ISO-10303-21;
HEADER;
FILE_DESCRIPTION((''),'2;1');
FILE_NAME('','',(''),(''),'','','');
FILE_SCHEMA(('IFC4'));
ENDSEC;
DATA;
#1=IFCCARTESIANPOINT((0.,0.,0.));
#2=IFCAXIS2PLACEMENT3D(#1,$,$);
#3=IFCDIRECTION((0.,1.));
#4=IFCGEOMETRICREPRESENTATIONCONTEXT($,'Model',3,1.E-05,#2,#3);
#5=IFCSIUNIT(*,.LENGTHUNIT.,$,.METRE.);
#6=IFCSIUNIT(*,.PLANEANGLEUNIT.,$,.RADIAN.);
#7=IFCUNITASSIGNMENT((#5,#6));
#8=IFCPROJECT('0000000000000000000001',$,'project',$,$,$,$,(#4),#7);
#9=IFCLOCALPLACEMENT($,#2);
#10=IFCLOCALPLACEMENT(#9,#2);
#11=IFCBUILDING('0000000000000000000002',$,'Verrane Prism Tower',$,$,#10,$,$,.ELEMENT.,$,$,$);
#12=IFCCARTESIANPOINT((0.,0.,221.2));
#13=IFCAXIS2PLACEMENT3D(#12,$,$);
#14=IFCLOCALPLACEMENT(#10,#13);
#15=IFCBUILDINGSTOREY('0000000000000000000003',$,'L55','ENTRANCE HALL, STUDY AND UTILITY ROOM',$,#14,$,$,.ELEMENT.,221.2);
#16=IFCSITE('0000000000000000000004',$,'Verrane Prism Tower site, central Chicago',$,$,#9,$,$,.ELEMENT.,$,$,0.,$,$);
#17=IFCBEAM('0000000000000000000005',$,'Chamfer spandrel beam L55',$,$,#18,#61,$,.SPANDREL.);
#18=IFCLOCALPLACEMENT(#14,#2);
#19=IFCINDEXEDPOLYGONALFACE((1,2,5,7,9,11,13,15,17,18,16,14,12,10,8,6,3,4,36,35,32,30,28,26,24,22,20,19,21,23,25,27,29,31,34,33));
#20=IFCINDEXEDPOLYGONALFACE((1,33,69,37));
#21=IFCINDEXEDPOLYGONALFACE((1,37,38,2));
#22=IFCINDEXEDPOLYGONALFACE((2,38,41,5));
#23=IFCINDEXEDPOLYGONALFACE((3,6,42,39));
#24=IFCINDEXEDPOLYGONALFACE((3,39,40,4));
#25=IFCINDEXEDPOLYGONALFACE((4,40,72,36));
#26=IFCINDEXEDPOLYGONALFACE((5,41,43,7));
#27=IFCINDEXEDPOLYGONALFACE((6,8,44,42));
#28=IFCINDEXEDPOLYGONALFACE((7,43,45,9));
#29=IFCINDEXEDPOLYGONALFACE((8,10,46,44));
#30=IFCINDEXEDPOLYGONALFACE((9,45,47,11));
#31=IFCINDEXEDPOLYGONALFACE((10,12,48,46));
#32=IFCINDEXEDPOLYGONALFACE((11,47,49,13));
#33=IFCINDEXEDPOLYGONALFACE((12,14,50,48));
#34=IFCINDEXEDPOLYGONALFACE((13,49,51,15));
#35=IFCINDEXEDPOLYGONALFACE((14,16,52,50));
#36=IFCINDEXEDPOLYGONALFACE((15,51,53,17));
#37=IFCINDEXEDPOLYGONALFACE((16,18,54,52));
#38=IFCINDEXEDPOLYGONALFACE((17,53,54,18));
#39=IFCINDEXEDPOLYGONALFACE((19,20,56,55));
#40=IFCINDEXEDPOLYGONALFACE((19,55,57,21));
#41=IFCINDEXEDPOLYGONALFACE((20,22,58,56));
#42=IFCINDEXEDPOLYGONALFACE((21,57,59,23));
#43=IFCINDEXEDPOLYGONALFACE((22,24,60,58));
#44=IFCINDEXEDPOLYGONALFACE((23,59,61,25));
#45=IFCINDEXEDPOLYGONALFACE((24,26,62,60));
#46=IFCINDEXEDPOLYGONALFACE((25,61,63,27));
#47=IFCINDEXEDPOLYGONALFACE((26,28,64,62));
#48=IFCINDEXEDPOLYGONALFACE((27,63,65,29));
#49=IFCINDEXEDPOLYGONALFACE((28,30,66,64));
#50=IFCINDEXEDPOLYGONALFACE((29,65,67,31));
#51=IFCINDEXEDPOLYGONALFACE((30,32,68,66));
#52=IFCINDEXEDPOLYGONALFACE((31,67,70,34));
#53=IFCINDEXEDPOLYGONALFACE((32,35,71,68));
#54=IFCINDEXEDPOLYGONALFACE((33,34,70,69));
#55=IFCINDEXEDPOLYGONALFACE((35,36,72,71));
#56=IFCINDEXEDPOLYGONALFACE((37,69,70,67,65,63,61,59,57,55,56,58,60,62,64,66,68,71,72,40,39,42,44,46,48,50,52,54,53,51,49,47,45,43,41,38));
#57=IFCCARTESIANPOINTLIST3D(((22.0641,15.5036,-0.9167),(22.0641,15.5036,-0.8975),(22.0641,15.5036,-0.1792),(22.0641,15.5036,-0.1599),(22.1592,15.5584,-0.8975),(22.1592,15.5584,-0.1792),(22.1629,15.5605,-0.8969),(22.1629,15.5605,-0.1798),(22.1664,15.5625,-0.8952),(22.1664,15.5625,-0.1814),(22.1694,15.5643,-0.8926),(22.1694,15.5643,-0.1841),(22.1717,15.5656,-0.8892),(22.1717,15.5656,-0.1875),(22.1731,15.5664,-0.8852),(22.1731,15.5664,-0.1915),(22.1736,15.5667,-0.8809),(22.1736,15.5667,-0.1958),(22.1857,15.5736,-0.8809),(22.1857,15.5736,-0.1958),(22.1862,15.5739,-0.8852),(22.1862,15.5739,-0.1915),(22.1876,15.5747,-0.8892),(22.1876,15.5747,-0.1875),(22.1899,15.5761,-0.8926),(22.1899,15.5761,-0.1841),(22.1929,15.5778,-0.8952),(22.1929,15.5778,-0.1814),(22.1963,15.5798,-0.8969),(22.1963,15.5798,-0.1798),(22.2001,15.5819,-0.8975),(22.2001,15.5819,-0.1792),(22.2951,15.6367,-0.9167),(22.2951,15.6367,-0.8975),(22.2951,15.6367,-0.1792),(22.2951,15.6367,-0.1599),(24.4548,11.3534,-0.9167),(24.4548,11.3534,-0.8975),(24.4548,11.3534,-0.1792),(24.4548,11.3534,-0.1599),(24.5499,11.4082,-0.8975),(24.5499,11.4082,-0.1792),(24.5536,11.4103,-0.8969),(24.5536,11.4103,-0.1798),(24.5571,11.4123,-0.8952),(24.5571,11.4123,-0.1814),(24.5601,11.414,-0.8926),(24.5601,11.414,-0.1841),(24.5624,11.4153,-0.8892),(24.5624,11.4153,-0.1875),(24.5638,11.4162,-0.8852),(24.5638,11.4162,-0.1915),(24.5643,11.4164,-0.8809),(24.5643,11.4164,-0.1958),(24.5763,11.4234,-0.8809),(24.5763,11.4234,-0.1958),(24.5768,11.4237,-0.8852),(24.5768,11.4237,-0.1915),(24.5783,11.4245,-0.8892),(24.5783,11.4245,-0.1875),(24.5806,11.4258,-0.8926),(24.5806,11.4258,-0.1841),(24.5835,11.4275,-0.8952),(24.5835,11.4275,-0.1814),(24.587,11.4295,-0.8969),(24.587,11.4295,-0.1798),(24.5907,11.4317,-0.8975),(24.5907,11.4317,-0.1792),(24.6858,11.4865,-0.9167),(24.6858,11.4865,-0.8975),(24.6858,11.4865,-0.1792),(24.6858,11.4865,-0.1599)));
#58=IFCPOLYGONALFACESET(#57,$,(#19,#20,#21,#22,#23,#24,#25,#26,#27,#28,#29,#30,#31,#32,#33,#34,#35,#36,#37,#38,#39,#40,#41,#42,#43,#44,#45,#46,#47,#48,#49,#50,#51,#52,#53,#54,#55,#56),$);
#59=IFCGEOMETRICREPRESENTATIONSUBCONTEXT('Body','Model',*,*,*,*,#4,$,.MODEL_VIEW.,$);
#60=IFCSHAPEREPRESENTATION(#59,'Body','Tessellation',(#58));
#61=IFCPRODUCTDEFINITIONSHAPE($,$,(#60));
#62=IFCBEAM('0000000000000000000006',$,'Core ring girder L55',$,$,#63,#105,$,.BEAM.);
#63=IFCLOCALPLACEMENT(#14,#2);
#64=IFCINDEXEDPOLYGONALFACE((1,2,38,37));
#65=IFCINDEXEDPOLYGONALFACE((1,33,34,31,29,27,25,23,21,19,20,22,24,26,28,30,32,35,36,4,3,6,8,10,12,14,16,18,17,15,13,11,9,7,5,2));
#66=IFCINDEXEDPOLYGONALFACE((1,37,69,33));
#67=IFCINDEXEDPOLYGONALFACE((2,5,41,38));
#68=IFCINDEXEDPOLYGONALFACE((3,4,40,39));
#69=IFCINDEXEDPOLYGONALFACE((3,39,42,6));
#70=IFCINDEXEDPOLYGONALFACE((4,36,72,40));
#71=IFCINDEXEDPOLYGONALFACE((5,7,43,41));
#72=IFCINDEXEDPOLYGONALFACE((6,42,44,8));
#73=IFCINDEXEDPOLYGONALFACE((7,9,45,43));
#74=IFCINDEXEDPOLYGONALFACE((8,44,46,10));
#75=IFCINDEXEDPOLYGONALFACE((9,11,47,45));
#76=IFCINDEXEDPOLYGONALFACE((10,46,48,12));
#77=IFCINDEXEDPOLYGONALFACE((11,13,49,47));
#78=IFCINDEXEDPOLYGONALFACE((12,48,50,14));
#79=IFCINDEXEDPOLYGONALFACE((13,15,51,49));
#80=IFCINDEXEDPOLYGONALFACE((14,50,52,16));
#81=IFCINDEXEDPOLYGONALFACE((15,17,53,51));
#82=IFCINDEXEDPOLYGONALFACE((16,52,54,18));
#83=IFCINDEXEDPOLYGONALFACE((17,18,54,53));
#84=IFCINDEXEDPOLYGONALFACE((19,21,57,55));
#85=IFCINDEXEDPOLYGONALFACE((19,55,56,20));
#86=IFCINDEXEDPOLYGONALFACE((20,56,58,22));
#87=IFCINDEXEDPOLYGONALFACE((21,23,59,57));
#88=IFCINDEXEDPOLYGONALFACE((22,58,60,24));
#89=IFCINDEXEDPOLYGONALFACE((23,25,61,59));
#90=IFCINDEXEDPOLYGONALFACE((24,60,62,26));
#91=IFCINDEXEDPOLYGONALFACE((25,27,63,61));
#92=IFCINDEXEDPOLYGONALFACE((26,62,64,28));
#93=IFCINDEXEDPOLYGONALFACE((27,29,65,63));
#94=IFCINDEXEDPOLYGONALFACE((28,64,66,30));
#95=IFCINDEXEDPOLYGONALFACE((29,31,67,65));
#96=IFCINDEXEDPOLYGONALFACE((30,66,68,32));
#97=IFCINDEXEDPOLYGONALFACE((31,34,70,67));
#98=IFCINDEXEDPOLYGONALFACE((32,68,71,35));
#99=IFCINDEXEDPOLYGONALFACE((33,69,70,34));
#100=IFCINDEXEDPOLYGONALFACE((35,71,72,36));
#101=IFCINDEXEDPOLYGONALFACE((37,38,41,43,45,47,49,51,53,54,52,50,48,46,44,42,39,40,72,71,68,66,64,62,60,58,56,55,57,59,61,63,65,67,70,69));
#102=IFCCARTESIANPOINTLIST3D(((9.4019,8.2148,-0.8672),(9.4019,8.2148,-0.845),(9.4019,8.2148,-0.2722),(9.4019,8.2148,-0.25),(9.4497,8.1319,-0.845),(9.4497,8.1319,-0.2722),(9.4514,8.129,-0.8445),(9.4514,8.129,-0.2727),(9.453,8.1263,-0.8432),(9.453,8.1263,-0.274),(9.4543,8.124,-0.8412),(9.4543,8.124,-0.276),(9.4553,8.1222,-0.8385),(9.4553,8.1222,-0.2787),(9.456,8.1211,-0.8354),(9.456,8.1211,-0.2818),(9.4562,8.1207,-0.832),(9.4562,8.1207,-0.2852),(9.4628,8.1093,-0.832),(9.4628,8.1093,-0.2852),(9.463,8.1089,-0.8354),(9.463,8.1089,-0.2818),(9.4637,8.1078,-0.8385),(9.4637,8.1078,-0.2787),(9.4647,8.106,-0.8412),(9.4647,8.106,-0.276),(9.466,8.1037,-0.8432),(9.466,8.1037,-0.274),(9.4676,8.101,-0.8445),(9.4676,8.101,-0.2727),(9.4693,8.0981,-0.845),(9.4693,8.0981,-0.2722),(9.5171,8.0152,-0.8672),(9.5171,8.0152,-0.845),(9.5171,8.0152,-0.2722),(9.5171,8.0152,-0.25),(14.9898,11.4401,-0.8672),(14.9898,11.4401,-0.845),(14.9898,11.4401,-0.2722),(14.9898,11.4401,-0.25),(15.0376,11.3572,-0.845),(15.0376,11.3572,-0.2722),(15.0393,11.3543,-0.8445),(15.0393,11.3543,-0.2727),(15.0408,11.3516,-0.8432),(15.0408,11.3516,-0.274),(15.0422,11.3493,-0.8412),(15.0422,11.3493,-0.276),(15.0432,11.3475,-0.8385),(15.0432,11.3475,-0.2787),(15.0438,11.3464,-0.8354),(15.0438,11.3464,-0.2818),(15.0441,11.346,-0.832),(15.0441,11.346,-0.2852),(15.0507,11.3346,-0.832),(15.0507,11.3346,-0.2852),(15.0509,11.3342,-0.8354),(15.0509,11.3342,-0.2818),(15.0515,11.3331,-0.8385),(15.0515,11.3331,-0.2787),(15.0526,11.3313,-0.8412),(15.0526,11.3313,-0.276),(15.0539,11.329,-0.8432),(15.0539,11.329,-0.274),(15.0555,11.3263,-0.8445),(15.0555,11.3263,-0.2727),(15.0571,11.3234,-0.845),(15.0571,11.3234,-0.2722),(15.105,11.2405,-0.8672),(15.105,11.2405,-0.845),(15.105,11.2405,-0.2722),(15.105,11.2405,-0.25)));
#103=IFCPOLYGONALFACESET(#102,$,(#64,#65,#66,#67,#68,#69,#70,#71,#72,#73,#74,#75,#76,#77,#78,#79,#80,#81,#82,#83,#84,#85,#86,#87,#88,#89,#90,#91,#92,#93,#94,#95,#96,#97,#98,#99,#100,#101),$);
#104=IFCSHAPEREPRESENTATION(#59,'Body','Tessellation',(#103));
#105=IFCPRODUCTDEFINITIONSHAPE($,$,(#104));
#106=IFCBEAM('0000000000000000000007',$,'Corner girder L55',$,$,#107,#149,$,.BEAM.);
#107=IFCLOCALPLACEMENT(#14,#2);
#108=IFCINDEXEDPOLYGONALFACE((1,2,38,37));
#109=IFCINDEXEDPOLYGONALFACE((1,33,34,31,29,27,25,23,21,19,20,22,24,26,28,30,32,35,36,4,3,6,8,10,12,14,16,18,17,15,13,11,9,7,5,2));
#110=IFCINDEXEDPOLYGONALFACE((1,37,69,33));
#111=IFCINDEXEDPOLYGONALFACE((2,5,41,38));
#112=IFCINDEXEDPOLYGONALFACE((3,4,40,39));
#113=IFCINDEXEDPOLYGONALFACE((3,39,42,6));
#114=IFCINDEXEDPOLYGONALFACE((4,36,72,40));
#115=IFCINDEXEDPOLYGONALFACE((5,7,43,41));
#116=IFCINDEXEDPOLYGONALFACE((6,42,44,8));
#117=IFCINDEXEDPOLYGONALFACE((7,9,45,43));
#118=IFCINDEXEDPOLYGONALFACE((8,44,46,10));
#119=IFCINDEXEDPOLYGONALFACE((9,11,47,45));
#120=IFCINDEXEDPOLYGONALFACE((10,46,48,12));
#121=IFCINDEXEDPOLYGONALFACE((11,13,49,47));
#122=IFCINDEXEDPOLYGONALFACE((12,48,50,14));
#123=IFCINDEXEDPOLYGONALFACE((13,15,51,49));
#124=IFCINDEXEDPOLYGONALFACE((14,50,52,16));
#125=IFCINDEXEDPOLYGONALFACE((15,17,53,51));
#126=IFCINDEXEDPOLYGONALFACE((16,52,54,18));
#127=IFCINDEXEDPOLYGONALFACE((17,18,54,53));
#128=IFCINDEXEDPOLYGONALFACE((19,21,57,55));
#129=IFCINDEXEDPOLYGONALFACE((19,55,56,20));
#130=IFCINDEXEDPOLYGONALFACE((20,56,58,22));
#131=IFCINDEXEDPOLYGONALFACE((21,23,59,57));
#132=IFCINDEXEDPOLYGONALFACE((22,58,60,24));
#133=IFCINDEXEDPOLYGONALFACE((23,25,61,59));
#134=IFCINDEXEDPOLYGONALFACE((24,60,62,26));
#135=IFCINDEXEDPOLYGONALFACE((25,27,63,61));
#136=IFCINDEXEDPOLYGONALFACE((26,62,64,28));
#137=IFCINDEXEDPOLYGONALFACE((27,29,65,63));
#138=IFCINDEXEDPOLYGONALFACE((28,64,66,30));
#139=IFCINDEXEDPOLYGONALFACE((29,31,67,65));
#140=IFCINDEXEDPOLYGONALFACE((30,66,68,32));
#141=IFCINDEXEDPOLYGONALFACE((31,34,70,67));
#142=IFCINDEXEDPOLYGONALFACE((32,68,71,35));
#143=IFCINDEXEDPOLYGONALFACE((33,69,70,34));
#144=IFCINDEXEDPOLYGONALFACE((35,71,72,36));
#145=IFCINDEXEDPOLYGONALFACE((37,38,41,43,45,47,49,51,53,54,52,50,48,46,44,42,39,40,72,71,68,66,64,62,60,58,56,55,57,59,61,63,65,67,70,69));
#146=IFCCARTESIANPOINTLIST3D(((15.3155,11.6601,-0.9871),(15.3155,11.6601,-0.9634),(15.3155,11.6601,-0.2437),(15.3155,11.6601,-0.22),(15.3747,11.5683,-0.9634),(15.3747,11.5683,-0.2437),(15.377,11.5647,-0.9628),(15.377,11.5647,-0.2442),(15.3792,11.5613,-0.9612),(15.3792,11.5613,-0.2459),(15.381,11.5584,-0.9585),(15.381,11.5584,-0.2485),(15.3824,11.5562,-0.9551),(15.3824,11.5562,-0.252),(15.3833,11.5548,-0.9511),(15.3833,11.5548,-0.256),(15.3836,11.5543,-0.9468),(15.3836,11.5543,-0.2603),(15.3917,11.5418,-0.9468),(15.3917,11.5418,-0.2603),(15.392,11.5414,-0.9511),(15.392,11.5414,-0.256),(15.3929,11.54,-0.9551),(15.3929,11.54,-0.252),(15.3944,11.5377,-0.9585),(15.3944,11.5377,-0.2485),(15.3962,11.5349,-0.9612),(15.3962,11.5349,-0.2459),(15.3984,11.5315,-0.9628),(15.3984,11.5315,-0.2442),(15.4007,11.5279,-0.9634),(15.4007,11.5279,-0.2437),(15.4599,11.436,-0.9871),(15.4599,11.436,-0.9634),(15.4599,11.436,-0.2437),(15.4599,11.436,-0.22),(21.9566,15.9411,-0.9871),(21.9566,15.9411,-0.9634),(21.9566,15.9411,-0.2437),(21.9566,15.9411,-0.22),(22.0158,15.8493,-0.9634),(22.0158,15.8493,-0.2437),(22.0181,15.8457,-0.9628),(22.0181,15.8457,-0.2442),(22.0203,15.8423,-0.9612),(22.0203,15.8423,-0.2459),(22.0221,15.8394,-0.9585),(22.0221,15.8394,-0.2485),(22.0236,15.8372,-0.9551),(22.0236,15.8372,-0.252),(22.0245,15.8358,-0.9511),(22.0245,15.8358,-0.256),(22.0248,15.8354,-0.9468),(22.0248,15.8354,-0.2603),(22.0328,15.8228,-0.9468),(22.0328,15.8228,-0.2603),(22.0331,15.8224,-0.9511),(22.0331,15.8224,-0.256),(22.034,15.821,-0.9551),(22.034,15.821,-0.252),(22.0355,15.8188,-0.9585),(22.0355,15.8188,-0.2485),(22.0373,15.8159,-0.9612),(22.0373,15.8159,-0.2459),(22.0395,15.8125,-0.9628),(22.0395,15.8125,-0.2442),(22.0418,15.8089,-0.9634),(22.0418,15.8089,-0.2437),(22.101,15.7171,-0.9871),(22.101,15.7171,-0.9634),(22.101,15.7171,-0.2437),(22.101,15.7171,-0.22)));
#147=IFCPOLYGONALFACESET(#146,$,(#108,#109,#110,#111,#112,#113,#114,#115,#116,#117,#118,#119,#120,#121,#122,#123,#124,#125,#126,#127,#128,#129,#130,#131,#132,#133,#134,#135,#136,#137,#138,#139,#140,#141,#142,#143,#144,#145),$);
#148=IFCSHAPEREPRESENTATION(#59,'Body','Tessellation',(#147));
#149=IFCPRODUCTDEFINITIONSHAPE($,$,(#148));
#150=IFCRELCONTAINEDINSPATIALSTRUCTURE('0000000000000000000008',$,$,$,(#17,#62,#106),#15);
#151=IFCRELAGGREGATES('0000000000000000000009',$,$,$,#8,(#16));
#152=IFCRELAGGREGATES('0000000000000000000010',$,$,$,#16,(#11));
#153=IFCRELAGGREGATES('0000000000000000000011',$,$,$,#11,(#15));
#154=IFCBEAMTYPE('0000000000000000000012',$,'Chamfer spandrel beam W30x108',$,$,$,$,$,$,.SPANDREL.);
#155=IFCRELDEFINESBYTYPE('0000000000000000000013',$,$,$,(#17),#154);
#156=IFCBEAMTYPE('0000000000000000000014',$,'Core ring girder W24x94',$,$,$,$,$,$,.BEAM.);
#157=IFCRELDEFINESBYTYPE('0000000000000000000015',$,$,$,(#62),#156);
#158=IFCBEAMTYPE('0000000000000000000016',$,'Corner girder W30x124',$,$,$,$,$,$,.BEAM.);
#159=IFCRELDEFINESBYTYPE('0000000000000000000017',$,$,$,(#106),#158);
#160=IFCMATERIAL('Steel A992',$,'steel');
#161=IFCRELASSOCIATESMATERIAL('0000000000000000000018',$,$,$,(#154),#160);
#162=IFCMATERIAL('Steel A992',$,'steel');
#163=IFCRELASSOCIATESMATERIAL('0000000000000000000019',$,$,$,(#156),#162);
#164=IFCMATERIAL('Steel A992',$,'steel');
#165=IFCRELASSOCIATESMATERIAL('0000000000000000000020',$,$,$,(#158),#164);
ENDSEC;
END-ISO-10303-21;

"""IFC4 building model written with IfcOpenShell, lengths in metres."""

from ifc_helpers import new_model, si_unit, direction, frame, origin, origin_2d, place, context, subcontext, project, spatial, i_section, extrude, material, material_profile, profile_set, type_object, element, save


model = new_model("IFC4")

# Units and contexts
model_context = context("Model", 3, precision=1e-05, world=origin(), true_north=direction((0.0, 1.0)))
body_context = subcontext(model_context, "Body", "Model", "MODEL_VIEW")
ifc_project = project(units=[si_unit("LENGTHUNIT", "METRE"), si_unit("PLANEANGLEUNIT", "RADIAN")], contexts=[model_context])

# Site, building, storey
site_placement = place(None, origin())
site = spatial("IfcSite", under=ifc_project, at=site_placement, Name="Verrane Prism Tower site, central Chicago", CompositionType="ELEMENT", RefElevation=0.0)
building_placement = place(site_placement, origin())
building = spatial("IfcBuilding", under=site, at=building_placement, Name="Verrane Prism Tower", CompositionType="ELEMENT")
storey_placement = place(building_placement, frame((0.0, 0.0, 221.2)))
storey = spatial("IfcBuildingStorey", under=building, at=storey_placement, Name="L55", Description="ENTRANCE HALL, STUDY AND UTILITY ROOM", CompositionType="ELEMENT", Elevation=221.2)

# Beams
ifc_material_1 = material(Name="Steel A992", Category="steel")
ifc_material_profile_1 = material_profile(ifc_material_1, i_section(OverallWidth=0.2666, OverallDepth=0.7568, WebThickness=0.0139, FlangeThickness=0.0193, FilletRadius=0.0166, at=origin_2d()), Name="W30x108")
ifc_profile_set_1 = profile_set([ifc_material_profile_1], Name="Steel A992")
beam_type_1 = type_object("IfcBeamType", Name="Chamfer spandrel beam W30x108", PredefinedType="SPANDREL", material=ifc_profile_set_1)
beam_1_placement = place(storey_placement, frame((24.5703, 11.4199, -0.5383), z_axis=(-0.499144, 0.866519, 0.0), x_axis=(-0.866519, -0.499144, 0.0)))
element("IfcBeam", 1, at=beam_1_placement, inside=storey, type_object=beam_type_1, Name="Chamfer spandrel beam L55", PredefinedType="SPANDREL", context=body_context, shape_type="SweptSolid", body=[
    extrude(i_section(OverallWidth=0.2666, OverallDepth=0.7568, WebThickness=0.0139, FlangeThickness=0.0193, FilletRadius=0.0166, at=origin_2d()), origin(), (0.0, 0.0, 1.0), 4.7896),
])
ifc_material_2 = material(Name="Steel A992", Category="steel")
ifc_material_profile_2 = material_profile(ifc_material_2, i_section(OverallWidth=0.2305, OverallDepth=0.6172, WebThickness=0.0132, FlangeThickness=0.0222, FilletRadius=0.0129, at=origin_2d()), Name="W24x94")
ifc_profile_set_2 = profile_set([ifc_material_profile_2], Name="Steel A992")
beam_type_2 = type_object("IfcBeamType", Name="Core ring girder W24x94", PredefinedType="BEAM", material=ifc_profile_set_2)
beam_2_placement = place(storey_placement, frame((15.0474, 11.3403, -0.5586), z_axis=(-0.866081, -0.499904, 0.0), x_axis=(0.499904, -0.866081, 0.0)))
element("IfcBeam", 2, at=beam_2_placement, inside=storey, type_object=beam_type_2, Name="Core ring girder L55", PredefinedType="BEAM", context=body_context, shape_type="SweptSolid", body=[
    extrude(i_section(OverallWidth=0.2305, OverallDepth=0.6172, WebThickness=0.0132, FlangeThickness=0.0222, FilletRadius=0.0129, at=origin_2d()), origin(), (0.0, 0.0, 1.0), 6.4519),
])
ifc_material_3 = material(Name="Steel A992", Category="steel")
ifc_material_profile_3 = material_profile(ifc_material_3, i_section(OverallWidth=0.2666, OverallDepth=0.7671, WebThickness=0.0149, FlangeThickness=0.0237, FilletRadius=0.0166, at=origin_2d()), Name="W30x124")
ifc_profile_set_3 = profile_set([ifc_material_profile_3], Name="Steel A992")
beam_type_3 = type_object("IfcBeamType", Name="Corner girder W30x124", PredefinedType="BEAM", material=ifc_profile_set_3)
beam_3_placement = place(storey_placement, frame((22.0288, 15.8291, -0.6035), z_axis=(-0.840503, -0.541807, 0.0), x_axis=(0.541807, -0.840503, 0.0)))
element("IfcBeam", 3, at=beam_3_placement, inside=storey, type_object=beam_type_3, Name="Corner girder L55", PredefinedType="BEAM", context=body_context, shape_type="SweptSolid", body=[
    extrude(i_section(OverallWidth=0.2666, OverallDepth=0.7671, WebThickness=0.0149, FlangeThickness=0.0237, FilletRadius=0.0166, at=origin_2d()), origin(), (0.0, 0.0, 1.0), 7.9014),
])

save(model, "model.ifc")
